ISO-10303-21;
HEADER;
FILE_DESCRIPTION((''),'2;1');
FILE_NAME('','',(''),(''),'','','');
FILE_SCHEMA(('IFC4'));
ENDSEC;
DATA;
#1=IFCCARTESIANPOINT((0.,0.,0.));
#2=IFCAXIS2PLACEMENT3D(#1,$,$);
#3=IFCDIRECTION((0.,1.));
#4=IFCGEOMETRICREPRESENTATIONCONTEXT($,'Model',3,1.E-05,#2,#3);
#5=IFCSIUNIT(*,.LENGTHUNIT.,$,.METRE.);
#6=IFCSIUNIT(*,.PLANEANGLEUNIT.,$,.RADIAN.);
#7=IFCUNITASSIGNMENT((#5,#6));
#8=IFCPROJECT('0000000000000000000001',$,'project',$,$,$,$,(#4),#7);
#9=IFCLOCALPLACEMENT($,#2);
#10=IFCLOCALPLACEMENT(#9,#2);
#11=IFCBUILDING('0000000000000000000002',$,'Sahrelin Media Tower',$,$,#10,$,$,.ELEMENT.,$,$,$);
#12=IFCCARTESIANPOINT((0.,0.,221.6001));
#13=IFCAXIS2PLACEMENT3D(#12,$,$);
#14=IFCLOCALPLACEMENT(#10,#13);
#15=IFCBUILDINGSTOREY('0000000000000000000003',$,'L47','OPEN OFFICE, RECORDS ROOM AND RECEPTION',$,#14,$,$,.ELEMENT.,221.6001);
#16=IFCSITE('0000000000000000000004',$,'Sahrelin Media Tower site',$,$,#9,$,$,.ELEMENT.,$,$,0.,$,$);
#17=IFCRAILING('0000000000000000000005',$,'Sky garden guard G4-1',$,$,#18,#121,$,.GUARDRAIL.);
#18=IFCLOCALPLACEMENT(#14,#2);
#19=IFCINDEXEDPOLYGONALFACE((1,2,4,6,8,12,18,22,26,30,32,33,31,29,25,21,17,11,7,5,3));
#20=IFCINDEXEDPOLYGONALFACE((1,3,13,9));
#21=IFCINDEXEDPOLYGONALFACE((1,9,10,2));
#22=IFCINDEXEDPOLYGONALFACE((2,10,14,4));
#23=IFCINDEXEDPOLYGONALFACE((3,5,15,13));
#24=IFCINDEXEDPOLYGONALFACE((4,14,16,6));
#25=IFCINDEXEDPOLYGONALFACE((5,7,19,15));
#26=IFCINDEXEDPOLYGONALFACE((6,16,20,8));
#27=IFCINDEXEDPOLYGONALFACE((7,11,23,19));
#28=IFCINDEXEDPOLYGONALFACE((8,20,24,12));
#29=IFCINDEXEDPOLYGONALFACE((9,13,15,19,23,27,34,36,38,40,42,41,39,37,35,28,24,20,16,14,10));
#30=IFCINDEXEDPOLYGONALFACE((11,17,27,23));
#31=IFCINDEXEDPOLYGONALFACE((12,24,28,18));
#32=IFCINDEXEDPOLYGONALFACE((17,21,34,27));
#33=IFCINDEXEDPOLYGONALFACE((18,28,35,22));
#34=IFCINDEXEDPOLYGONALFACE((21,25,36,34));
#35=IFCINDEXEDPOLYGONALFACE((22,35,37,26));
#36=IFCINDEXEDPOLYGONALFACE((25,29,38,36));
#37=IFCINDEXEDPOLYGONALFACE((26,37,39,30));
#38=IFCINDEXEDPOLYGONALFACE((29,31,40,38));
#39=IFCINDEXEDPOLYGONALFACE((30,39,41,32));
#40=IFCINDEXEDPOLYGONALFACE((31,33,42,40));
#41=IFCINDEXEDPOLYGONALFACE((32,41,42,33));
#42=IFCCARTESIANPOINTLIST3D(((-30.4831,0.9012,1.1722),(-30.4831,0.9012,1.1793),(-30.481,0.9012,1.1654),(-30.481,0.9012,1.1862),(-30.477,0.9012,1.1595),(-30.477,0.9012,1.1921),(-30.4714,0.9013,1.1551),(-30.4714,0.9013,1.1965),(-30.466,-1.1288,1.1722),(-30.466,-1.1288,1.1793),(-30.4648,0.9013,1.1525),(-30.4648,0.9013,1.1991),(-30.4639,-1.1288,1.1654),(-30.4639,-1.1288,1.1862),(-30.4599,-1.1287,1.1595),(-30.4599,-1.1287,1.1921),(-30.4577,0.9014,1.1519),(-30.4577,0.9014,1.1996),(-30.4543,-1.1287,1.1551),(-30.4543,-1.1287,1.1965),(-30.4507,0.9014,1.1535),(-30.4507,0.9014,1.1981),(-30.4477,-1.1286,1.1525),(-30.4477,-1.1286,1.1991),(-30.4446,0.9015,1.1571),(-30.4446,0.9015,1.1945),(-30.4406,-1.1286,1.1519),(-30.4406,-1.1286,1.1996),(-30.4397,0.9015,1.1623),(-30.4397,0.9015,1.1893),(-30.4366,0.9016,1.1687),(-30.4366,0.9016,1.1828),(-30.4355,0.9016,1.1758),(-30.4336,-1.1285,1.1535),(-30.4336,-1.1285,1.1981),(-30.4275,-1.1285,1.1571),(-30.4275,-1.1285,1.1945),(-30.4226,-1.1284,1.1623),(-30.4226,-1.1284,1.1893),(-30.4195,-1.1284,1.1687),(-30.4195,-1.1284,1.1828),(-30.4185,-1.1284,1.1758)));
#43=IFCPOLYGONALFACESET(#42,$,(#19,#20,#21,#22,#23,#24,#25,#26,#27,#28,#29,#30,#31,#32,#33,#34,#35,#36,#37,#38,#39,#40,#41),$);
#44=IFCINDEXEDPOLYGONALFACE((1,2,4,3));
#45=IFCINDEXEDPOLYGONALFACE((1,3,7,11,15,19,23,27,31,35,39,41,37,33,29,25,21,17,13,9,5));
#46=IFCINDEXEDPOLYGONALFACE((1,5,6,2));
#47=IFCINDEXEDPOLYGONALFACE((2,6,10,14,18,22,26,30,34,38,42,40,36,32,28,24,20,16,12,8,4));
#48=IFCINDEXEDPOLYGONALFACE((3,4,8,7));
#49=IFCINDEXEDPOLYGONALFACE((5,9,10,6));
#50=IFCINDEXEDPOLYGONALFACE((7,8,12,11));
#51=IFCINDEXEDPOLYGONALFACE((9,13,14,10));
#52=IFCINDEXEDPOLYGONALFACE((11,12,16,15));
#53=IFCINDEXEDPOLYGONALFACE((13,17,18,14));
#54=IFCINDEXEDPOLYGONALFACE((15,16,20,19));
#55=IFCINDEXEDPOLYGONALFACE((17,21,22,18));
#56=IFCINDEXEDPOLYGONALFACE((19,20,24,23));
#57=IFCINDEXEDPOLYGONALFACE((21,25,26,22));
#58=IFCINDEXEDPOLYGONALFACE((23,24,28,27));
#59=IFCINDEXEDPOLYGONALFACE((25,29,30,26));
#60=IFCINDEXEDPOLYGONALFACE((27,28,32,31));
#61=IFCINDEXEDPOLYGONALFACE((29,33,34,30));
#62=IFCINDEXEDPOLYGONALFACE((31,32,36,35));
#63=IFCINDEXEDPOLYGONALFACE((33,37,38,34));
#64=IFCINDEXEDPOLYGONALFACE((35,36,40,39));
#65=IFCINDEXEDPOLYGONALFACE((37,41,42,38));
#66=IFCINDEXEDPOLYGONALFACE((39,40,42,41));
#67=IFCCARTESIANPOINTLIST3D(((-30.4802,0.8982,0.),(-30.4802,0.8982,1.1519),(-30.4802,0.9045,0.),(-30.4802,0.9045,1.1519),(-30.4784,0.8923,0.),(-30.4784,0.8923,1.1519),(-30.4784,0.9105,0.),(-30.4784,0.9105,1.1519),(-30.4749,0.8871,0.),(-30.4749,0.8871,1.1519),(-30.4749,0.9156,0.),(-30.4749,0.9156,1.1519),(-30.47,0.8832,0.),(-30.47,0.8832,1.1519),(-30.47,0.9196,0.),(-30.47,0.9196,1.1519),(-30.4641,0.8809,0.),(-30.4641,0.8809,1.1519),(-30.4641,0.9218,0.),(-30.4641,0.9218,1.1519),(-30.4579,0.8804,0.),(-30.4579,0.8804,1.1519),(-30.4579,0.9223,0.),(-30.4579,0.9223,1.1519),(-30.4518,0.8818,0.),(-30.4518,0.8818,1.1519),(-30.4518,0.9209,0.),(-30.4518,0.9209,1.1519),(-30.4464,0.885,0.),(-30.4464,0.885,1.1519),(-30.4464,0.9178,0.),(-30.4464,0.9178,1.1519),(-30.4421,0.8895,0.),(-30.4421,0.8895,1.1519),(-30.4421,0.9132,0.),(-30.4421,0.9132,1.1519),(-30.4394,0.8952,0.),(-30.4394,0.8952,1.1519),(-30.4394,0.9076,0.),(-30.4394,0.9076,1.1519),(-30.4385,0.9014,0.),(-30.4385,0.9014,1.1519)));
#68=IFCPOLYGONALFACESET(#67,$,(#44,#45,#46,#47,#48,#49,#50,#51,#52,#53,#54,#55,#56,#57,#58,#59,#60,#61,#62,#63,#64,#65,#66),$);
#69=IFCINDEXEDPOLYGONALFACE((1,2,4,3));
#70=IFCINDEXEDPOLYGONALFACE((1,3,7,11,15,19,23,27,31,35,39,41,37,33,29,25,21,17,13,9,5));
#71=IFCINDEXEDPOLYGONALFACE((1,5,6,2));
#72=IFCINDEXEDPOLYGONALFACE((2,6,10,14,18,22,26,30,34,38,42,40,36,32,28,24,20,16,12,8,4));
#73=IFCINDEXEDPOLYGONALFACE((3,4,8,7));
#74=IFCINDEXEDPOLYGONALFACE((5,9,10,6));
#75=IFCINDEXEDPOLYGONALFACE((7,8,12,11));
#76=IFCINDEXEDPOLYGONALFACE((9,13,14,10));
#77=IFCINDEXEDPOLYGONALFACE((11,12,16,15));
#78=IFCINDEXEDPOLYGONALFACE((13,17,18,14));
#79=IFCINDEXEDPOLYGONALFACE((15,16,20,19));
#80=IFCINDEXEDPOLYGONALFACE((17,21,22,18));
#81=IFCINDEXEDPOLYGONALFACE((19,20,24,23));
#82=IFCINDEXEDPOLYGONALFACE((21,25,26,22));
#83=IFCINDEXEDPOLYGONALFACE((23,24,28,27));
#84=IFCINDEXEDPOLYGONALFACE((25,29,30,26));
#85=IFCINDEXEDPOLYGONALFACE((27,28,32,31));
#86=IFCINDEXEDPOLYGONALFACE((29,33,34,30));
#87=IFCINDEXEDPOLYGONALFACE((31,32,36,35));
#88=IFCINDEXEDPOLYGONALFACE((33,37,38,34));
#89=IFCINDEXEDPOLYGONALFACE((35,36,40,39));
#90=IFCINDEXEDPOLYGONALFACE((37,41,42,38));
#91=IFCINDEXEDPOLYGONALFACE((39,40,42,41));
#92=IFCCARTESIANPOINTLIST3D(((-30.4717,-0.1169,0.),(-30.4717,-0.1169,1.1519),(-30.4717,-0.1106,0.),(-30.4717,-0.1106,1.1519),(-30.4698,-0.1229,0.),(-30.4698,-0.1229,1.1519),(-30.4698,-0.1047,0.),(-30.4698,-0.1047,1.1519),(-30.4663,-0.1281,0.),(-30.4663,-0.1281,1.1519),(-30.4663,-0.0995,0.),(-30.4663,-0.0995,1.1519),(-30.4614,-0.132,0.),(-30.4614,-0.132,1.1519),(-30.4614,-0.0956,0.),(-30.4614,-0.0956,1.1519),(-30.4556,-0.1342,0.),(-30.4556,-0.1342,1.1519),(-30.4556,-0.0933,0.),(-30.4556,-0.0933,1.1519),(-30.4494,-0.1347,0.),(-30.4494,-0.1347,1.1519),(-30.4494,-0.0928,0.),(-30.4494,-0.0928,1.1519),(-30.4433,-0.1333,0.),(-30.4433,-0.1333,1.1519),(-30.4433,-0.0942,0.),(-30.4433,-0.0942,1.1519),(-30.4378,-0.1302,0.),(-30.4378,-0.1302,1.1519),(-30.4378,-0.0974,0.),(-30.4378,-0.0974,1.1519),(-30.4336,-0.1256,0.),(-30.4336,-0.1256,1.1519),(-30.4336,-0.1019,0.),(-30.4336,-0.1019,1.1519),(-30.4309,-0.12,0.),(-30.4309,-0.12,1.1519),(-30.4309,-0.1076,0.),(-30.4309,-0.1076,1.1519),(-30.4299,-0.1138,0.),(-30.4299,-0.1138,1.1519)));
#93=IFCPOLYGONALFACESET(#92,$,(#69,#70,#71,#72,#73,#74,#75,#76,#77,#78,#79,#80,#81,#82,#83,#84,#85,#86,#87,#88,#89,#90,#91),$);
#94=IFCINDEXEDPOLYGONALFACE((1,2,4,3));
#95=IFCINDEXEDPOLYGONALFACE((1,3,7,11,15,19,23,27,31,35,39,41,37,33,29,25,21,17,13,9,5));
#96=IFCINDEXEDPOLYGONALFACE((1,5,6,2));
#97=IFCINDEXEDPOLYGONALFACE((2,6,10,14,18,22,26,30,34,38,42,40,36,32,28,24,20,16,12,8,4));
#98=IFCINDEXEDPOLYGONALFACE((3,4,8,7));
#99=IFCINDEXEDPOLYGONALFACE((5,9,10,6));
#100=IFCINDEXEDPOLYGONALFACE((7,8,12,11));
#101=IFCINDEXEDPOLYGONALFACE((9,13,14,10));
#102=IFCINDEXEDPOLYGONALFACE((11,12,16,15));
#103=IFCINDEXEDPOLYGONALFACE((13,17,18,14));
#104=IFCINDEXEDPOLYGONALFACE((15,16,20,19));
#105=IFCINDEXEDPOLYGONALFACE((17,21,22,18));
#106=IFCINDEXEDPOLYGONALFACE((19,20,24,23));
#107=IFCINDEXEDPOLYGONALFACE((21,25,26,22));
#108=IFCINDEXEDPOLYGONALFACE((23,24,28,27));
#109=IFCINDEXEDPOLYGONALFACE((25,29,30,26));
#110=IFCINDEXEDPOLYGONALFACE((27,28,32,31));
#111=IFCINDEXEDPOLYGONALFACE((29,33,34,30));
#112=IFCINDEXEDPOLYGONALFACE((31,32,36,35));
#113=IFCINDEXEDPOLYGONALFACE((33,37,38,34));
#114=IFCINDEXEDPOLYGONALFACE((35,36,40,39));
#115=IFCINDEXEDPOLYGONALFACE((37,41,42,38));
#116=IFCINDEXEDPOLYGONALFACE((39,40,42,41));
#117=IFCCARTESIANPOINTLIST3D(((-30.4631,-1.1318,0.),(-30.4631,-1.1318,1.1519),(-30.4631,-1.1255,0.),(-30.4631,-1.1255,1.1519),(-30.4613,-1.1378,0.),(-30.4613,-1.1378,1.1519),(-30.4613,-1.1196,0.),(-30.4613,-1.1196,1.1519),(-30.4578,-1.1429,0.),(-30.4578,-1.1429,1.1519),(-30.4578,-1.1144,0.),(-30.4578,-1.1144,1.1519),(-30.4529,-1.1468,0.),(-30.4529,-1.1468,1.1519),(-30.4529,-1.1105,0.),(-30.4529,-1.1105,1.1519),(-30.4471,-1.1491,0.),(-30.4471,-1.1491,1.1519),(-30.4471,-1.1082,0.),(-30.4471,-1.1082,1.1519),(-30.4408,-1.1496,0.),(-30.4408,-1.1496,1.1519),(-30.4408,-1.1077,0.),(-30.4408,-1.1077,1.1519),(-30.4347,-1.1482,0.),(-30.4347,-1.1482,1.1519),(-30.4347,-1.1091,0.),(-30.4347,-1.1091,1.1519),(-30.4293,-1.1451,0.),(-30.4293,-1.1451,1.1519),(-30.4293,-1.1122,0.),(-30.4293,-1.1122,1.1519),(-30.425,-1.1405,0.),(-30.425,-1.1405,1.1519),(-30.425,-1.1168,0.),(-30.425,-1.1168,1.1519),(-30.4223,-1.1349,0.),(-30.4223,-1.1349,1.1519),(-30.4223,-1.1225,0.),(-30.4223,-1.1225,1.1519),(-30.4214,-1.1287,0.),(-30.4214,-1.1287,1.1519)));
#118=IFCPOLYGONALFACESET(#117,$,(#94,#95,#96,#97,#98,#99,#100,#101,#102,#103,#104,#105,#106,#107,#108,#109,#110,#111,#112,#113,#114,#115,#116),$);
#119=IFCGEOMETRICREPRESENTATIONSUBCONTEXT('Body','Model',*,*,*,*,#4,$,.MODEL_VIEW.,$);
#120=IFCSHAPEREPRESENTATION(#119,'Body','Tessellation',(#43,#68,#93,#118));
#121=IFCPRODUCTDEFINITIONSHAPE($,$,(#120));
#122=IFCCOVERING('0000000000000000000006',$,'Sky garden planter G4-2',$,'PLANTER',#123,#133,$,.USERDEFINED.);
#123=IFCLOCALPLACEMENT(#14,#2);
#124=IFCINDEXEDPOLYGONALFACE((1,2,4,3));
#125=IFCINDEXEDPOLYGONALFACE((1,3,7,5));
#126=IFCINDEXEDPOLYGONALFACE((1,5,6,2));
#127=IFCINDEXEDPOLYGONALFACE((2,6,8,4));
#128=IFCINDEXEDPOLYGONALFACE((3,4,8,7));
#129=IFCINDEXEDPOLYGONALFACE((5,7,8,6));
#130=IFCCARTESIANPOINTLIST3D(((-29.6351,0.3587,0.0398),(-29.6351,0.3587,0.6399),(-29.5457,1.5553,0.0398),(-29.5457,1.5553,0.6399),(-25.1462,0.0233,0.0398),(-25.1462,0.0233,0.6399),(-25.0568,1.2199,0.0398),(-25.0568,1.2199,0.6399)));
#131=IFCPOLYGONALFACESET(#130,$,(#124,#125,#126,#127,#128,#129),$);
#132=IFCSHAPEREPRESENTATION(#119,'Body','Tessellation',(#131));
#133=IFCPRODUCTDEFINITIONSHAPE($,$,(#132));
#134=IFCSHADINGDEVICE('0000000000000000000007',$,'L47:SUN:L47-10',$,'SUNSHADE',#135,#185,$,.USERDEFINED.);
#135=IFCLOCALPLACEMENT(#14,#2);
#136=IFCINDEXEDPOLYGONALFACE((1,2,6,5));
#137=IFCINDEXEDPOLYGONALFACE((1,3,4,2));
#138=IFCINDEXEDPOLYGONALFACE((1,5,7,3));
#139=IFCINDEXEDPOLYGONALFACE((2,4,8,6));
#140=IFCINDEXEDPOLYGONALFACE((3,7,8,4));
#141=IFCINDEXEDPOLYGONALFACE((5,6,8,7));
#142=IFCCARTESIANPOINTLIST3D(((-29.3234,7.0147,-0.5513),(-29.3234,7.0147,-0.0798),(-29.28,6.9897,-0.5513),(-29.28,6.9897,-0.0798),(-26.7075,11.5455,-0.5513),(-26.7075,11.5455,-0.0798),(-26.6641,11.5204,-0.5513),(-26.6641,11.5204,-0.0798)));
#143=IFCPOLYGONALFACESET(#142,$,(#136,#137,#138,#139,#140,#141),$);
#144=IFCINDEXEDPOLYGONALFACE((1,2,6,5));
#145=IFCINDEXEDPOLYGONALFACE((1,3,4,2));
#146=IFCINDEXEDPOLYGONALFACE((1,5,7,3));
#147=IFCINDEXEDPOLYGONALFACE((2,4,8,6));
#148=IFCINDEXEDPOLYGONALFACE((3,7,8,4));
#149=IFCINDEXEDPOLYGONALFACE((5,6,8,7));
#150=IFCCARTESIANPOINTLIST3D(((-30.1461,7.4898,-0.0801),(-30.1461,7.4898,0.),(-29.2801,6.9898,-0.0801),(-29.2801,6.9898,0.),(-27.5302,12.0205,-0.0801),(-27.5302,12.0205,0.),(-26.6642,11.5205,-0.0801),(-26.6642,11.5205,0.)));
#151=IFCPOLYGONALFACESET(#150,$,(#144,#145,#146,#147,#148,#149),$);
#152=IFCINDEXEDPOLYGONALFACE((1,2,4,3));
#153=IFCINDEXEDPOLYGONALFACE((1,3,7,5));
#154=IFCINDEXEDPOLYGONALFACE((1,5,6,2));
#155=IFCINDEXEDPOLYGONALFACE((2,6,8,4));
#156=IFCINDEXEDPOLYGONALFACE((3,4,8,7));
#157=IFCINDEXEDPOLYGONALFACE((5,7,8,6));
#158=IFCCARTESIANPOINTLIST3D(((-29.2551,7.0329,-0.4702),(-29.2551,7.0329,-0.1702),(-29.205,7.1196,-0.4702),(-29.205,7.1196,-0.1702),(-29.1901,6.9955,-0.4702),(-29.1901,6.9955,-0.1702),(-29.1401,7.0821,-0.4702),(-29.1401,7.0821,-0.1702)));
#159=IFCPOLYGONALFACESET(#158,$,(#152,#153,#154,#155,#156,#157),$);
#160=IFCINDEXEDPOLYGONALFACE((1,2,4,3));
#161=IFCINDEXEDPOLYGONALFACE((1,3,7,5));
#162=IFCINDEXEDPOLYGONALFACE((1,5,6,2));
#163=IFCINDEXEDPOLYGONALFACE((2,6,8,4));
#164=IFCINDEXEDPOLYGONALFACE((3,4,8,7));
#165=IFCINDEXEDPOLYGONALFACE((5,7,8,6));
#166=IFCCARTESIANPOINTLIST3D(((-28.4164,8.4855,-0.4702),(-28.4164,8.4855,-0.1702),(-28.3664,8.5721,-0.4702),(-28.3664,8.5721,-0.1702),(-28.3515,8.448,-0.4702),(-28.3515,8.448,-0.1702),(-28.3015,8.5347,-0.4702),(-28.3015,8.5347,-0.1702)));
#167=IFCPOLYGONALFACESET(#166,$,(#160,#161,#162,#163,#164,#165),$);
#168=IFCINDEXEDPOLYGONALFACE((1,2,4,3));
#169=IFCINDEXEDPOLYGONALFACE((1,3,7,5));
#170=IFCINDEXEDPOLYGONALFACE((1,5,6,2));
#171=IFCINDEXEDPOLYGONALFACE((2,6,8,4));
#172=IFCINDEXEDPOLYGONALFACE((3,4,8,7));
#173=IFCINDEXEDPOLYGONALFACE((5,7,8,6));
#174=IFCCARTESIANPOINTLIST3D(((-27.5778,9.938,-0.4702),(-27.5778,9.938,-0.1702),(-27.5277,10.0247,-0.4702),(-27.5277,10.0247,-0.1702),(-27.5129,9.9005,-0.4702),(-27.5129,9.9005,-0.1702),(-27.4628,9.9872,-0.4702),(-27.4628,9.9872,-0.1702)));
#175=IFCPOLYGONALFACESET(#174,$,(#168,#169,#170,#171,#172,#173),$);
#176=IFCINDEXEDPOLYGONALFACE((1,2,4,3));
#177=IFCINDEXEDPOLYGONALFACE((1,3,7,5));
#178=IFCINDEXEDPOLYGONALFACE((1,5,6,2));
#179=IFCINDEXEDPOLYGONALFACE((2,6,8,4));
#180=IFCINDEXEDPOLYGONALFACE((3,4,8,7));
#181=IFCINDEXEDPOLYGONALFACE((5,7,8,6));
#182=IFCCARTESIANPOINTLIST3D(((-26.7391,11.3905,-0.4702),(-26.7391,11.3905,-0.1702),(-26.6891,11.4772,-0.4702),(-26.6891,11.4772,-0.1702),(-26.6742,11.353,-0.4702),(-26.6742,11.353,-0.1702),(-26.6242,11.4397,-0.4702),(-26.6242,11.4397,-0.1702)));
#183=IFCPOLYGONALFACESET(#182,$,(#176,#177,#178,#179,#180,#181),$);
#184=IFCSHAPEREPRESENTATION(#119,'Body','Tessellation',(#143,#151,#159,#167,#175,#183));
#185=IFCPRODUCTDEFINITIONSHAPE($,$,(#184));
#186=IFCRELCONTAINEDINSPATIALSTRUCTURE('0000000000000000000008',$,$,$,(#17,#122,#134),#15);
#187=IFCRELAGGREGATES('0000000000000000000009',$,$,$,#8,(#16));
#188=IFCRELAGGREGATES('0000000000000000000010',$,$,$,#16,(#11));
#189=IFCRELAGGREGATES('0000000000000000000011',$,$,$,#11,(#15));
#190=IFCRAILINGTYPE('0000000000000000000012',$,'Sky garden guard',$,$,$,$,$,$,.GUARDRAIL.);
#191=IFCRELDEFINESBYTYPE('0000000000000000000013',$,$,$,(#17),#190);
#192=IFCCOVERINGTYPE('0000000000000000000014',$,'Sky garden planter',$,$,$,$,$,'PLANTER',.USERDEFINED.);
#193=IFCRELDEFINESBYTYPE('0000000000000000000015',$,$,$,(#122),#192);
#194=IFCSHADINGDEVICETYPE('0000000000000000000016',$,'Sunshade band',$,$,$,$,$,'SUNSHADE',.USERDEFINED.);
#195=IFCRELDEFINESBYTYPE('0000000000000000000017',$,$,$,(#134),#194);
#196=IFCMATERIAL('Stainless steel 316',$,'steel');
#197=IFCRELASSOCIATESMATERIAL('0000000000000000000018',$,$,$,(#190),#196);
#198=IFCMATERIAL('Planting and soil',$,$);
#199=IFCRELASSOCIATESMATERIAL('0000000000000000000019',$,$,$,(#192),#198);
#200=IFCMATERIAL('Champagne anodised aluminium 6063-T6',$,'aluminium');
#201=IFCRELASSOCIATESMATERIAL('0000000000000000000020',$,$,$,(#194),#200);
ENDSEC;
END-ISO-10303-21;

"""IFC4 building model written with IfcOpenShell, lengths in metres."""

from ifc_helpers import new_model, si_unit, direction, frame, origin, origin_2d, place, context, subcontext, project, spatial, rectangle, circle, extrude, material, type_object, element, save


model = new_model("IFC4")

# Units and contexts
model_context = context("Model", 3, precision=1e-05, world=origin(), true_north=direction((0.0, 1.0)))
body_context = subcontext(model_context, "Body", "Model", "MODEL_VIEW")
ifc_project = project(units=[si_unit("LENGTHUNIT", "METRE"), si_unit("PLANEANGLEUNIT", "RADIAN")], contexts=[model_context])

# Site, building, storey
site_placement = place(None, origin())
site = spatial("IfcSite", under=ifc_project, at=site_placement, Name="Sahrelin Media Tower site", CompositionType="ELEMENT", RefElevation=0.0)
building_placement = place(site_placement, origin())
building = spatial("IfcBuilding", under=site, at=building_placement, Name="Sahrelin Media Tower", CompositionType="ELEMENT")
storey_placement = place(building_placement, frame((0.0, 0.0, 221.6001)))
storey = spatial("IfcBuildingStorey", under=building, at=storey_placement, Name="L47", Description="OPEN OFFICE, RECORDS ROOM AND RECEPTION", CompositionType="ELEMENT", Elevation=221.6001)

# Shared definitions
ifc_material_1 = material(Name="Champagne anodised aluminium 6063-T6", Category="aluminium")

# Shared definitions
placement_1 = place(storey_placement, frame((-27.9548, 9.2451, 0.0), z_axis=(0.0, 0.0, 1.0), x_axis=(0.500011, 0.866019, 0.0)))

# Railing
ifc_material_2 = material(Name="Stainless steel 316", Category="steel")
railing_type = type_object("IfcRailingType", Name="Sky garden guard", PredefinedType="GUARDRAIL", material=ifc_material_2)
railing_placement = place(storey_placement, frame((-30.4595, 0.9014, 0.0)))
element("IfcRailing", 1, at=railing_placement, inside=storey, type_object=railing_type, Name="Sky garden guard G4-1", PredefinedType="GUARDRAIL", context=body_context, shape_type="SweptSolid", body=[
    extrude(circle(Radius=0.0239, at=origin_2d()), frame((0.0, 0.0, 1.1758), z_axis=(0.008418, -0.999965, 0.0), x_axis=(0.999965, 0.008418, 0.0)), (0.0, 0.0, 1.0), 2.03),
    extrude(circle(Radius=0.021, at=origin_2d()), origin(), (0.0, 0.0, 1.0), 1.1519),
    extrude(circle(Radius=0.021, at=origin_2d()), frame((0.0085, -1.0151, 0.0)), (0.0, 0.0, 1.0), 1.1519),
    extrude(circle(Radius=0.021, at=origin_2d()), frame((0.0171, -2.03, 0.0)), (0.0, 0.0, 1.0), 1.1519),
])

# Covering
ifc_material_3 = material(Name="Planting and soil")
covering_type = type_object("IfcCoveringType", Name="Sky garden planter", ElementType="PLANTER", PredefinedType="USERDEFINED", material=ifc_material_3)
covering_placement = place(storey_placement, frame((-27.3459, 0.7893, 0.0398), z_axis=(0.0, 0.0, 1.0), x_axis=(0.99722, -0.074507, 0.0)))
element("IfcCovering", 2, at=covering_placement, inside=storey, type_object=covering_type, Name="Sky garden planter G4-2", ObjectType="PLANTER", PredefinedType="USERDEFINED", context=body_context, shape_type="SweptSolid", body=[
    extrude(rectangle(XDim=4.5015, YDim=1.2, at=origin_2d()), origin(), (0.0, 0.0, 1.0), 0.6001),
])

# Shading device
shading_device_type_1 = type_object("IfcShadingDeviceType", Name="Sunshade band", ElementType="SUNSHADE", PredefinedType="USERDEFINED", material=ifc_material_1)
element("IfcShadingDevice", 3, at=placement_1, inside=storey, type_object=shading_device_type_1, Name="L47:SUN:L47-10", ObjectType="SUNSHADE", PredefinedType="USERDEFINED", context=body_context, shape_type="SweptSolid", body=[
    extrude(rectangle(XDim=5.2317, YDim=0.05, at=origin_2d()), frame((0.0, 0.0449, -0.5513)), (0.0, 0.0, 1.0), 0.4714),
    extrude(rectangle(XDim=5.2317, YDim=1.0, at=origin_2d()), frame((0.0, 0.52, -0.0801)), (0.0, 0.0, 1.0), 0.0801),
    extrude(rectangle(XDim=0.1001, YDim=0.075, at=origin_2d()), frame((-2.5159, -0.0176, -0.4702)), (0.0, 0.0, 1.0), 0.3),
    extrude(rectangle(XDim=0.1001, YDim=0.075, at=origin_2d()), frame((-0.8386, -0.0176, -0.4702)), (0.0, 0.0, 1.0), 0.3),
    extrude(rectangle(XDim=0.1001, YDim=0.075, at=origin_2d()), frame((0.8386, -0.0176, -0.4702)), (0.0, 0.0, 1.0), 0.3),
    extrude(rectangle(XDim=0.1001, YDim=0.075, at=origin_2d()), frame((2.5159, -0.0176, -0.4702)), (0.0, 0.0, 1.0), 0.3),
])

save(model, "model.ifc")
